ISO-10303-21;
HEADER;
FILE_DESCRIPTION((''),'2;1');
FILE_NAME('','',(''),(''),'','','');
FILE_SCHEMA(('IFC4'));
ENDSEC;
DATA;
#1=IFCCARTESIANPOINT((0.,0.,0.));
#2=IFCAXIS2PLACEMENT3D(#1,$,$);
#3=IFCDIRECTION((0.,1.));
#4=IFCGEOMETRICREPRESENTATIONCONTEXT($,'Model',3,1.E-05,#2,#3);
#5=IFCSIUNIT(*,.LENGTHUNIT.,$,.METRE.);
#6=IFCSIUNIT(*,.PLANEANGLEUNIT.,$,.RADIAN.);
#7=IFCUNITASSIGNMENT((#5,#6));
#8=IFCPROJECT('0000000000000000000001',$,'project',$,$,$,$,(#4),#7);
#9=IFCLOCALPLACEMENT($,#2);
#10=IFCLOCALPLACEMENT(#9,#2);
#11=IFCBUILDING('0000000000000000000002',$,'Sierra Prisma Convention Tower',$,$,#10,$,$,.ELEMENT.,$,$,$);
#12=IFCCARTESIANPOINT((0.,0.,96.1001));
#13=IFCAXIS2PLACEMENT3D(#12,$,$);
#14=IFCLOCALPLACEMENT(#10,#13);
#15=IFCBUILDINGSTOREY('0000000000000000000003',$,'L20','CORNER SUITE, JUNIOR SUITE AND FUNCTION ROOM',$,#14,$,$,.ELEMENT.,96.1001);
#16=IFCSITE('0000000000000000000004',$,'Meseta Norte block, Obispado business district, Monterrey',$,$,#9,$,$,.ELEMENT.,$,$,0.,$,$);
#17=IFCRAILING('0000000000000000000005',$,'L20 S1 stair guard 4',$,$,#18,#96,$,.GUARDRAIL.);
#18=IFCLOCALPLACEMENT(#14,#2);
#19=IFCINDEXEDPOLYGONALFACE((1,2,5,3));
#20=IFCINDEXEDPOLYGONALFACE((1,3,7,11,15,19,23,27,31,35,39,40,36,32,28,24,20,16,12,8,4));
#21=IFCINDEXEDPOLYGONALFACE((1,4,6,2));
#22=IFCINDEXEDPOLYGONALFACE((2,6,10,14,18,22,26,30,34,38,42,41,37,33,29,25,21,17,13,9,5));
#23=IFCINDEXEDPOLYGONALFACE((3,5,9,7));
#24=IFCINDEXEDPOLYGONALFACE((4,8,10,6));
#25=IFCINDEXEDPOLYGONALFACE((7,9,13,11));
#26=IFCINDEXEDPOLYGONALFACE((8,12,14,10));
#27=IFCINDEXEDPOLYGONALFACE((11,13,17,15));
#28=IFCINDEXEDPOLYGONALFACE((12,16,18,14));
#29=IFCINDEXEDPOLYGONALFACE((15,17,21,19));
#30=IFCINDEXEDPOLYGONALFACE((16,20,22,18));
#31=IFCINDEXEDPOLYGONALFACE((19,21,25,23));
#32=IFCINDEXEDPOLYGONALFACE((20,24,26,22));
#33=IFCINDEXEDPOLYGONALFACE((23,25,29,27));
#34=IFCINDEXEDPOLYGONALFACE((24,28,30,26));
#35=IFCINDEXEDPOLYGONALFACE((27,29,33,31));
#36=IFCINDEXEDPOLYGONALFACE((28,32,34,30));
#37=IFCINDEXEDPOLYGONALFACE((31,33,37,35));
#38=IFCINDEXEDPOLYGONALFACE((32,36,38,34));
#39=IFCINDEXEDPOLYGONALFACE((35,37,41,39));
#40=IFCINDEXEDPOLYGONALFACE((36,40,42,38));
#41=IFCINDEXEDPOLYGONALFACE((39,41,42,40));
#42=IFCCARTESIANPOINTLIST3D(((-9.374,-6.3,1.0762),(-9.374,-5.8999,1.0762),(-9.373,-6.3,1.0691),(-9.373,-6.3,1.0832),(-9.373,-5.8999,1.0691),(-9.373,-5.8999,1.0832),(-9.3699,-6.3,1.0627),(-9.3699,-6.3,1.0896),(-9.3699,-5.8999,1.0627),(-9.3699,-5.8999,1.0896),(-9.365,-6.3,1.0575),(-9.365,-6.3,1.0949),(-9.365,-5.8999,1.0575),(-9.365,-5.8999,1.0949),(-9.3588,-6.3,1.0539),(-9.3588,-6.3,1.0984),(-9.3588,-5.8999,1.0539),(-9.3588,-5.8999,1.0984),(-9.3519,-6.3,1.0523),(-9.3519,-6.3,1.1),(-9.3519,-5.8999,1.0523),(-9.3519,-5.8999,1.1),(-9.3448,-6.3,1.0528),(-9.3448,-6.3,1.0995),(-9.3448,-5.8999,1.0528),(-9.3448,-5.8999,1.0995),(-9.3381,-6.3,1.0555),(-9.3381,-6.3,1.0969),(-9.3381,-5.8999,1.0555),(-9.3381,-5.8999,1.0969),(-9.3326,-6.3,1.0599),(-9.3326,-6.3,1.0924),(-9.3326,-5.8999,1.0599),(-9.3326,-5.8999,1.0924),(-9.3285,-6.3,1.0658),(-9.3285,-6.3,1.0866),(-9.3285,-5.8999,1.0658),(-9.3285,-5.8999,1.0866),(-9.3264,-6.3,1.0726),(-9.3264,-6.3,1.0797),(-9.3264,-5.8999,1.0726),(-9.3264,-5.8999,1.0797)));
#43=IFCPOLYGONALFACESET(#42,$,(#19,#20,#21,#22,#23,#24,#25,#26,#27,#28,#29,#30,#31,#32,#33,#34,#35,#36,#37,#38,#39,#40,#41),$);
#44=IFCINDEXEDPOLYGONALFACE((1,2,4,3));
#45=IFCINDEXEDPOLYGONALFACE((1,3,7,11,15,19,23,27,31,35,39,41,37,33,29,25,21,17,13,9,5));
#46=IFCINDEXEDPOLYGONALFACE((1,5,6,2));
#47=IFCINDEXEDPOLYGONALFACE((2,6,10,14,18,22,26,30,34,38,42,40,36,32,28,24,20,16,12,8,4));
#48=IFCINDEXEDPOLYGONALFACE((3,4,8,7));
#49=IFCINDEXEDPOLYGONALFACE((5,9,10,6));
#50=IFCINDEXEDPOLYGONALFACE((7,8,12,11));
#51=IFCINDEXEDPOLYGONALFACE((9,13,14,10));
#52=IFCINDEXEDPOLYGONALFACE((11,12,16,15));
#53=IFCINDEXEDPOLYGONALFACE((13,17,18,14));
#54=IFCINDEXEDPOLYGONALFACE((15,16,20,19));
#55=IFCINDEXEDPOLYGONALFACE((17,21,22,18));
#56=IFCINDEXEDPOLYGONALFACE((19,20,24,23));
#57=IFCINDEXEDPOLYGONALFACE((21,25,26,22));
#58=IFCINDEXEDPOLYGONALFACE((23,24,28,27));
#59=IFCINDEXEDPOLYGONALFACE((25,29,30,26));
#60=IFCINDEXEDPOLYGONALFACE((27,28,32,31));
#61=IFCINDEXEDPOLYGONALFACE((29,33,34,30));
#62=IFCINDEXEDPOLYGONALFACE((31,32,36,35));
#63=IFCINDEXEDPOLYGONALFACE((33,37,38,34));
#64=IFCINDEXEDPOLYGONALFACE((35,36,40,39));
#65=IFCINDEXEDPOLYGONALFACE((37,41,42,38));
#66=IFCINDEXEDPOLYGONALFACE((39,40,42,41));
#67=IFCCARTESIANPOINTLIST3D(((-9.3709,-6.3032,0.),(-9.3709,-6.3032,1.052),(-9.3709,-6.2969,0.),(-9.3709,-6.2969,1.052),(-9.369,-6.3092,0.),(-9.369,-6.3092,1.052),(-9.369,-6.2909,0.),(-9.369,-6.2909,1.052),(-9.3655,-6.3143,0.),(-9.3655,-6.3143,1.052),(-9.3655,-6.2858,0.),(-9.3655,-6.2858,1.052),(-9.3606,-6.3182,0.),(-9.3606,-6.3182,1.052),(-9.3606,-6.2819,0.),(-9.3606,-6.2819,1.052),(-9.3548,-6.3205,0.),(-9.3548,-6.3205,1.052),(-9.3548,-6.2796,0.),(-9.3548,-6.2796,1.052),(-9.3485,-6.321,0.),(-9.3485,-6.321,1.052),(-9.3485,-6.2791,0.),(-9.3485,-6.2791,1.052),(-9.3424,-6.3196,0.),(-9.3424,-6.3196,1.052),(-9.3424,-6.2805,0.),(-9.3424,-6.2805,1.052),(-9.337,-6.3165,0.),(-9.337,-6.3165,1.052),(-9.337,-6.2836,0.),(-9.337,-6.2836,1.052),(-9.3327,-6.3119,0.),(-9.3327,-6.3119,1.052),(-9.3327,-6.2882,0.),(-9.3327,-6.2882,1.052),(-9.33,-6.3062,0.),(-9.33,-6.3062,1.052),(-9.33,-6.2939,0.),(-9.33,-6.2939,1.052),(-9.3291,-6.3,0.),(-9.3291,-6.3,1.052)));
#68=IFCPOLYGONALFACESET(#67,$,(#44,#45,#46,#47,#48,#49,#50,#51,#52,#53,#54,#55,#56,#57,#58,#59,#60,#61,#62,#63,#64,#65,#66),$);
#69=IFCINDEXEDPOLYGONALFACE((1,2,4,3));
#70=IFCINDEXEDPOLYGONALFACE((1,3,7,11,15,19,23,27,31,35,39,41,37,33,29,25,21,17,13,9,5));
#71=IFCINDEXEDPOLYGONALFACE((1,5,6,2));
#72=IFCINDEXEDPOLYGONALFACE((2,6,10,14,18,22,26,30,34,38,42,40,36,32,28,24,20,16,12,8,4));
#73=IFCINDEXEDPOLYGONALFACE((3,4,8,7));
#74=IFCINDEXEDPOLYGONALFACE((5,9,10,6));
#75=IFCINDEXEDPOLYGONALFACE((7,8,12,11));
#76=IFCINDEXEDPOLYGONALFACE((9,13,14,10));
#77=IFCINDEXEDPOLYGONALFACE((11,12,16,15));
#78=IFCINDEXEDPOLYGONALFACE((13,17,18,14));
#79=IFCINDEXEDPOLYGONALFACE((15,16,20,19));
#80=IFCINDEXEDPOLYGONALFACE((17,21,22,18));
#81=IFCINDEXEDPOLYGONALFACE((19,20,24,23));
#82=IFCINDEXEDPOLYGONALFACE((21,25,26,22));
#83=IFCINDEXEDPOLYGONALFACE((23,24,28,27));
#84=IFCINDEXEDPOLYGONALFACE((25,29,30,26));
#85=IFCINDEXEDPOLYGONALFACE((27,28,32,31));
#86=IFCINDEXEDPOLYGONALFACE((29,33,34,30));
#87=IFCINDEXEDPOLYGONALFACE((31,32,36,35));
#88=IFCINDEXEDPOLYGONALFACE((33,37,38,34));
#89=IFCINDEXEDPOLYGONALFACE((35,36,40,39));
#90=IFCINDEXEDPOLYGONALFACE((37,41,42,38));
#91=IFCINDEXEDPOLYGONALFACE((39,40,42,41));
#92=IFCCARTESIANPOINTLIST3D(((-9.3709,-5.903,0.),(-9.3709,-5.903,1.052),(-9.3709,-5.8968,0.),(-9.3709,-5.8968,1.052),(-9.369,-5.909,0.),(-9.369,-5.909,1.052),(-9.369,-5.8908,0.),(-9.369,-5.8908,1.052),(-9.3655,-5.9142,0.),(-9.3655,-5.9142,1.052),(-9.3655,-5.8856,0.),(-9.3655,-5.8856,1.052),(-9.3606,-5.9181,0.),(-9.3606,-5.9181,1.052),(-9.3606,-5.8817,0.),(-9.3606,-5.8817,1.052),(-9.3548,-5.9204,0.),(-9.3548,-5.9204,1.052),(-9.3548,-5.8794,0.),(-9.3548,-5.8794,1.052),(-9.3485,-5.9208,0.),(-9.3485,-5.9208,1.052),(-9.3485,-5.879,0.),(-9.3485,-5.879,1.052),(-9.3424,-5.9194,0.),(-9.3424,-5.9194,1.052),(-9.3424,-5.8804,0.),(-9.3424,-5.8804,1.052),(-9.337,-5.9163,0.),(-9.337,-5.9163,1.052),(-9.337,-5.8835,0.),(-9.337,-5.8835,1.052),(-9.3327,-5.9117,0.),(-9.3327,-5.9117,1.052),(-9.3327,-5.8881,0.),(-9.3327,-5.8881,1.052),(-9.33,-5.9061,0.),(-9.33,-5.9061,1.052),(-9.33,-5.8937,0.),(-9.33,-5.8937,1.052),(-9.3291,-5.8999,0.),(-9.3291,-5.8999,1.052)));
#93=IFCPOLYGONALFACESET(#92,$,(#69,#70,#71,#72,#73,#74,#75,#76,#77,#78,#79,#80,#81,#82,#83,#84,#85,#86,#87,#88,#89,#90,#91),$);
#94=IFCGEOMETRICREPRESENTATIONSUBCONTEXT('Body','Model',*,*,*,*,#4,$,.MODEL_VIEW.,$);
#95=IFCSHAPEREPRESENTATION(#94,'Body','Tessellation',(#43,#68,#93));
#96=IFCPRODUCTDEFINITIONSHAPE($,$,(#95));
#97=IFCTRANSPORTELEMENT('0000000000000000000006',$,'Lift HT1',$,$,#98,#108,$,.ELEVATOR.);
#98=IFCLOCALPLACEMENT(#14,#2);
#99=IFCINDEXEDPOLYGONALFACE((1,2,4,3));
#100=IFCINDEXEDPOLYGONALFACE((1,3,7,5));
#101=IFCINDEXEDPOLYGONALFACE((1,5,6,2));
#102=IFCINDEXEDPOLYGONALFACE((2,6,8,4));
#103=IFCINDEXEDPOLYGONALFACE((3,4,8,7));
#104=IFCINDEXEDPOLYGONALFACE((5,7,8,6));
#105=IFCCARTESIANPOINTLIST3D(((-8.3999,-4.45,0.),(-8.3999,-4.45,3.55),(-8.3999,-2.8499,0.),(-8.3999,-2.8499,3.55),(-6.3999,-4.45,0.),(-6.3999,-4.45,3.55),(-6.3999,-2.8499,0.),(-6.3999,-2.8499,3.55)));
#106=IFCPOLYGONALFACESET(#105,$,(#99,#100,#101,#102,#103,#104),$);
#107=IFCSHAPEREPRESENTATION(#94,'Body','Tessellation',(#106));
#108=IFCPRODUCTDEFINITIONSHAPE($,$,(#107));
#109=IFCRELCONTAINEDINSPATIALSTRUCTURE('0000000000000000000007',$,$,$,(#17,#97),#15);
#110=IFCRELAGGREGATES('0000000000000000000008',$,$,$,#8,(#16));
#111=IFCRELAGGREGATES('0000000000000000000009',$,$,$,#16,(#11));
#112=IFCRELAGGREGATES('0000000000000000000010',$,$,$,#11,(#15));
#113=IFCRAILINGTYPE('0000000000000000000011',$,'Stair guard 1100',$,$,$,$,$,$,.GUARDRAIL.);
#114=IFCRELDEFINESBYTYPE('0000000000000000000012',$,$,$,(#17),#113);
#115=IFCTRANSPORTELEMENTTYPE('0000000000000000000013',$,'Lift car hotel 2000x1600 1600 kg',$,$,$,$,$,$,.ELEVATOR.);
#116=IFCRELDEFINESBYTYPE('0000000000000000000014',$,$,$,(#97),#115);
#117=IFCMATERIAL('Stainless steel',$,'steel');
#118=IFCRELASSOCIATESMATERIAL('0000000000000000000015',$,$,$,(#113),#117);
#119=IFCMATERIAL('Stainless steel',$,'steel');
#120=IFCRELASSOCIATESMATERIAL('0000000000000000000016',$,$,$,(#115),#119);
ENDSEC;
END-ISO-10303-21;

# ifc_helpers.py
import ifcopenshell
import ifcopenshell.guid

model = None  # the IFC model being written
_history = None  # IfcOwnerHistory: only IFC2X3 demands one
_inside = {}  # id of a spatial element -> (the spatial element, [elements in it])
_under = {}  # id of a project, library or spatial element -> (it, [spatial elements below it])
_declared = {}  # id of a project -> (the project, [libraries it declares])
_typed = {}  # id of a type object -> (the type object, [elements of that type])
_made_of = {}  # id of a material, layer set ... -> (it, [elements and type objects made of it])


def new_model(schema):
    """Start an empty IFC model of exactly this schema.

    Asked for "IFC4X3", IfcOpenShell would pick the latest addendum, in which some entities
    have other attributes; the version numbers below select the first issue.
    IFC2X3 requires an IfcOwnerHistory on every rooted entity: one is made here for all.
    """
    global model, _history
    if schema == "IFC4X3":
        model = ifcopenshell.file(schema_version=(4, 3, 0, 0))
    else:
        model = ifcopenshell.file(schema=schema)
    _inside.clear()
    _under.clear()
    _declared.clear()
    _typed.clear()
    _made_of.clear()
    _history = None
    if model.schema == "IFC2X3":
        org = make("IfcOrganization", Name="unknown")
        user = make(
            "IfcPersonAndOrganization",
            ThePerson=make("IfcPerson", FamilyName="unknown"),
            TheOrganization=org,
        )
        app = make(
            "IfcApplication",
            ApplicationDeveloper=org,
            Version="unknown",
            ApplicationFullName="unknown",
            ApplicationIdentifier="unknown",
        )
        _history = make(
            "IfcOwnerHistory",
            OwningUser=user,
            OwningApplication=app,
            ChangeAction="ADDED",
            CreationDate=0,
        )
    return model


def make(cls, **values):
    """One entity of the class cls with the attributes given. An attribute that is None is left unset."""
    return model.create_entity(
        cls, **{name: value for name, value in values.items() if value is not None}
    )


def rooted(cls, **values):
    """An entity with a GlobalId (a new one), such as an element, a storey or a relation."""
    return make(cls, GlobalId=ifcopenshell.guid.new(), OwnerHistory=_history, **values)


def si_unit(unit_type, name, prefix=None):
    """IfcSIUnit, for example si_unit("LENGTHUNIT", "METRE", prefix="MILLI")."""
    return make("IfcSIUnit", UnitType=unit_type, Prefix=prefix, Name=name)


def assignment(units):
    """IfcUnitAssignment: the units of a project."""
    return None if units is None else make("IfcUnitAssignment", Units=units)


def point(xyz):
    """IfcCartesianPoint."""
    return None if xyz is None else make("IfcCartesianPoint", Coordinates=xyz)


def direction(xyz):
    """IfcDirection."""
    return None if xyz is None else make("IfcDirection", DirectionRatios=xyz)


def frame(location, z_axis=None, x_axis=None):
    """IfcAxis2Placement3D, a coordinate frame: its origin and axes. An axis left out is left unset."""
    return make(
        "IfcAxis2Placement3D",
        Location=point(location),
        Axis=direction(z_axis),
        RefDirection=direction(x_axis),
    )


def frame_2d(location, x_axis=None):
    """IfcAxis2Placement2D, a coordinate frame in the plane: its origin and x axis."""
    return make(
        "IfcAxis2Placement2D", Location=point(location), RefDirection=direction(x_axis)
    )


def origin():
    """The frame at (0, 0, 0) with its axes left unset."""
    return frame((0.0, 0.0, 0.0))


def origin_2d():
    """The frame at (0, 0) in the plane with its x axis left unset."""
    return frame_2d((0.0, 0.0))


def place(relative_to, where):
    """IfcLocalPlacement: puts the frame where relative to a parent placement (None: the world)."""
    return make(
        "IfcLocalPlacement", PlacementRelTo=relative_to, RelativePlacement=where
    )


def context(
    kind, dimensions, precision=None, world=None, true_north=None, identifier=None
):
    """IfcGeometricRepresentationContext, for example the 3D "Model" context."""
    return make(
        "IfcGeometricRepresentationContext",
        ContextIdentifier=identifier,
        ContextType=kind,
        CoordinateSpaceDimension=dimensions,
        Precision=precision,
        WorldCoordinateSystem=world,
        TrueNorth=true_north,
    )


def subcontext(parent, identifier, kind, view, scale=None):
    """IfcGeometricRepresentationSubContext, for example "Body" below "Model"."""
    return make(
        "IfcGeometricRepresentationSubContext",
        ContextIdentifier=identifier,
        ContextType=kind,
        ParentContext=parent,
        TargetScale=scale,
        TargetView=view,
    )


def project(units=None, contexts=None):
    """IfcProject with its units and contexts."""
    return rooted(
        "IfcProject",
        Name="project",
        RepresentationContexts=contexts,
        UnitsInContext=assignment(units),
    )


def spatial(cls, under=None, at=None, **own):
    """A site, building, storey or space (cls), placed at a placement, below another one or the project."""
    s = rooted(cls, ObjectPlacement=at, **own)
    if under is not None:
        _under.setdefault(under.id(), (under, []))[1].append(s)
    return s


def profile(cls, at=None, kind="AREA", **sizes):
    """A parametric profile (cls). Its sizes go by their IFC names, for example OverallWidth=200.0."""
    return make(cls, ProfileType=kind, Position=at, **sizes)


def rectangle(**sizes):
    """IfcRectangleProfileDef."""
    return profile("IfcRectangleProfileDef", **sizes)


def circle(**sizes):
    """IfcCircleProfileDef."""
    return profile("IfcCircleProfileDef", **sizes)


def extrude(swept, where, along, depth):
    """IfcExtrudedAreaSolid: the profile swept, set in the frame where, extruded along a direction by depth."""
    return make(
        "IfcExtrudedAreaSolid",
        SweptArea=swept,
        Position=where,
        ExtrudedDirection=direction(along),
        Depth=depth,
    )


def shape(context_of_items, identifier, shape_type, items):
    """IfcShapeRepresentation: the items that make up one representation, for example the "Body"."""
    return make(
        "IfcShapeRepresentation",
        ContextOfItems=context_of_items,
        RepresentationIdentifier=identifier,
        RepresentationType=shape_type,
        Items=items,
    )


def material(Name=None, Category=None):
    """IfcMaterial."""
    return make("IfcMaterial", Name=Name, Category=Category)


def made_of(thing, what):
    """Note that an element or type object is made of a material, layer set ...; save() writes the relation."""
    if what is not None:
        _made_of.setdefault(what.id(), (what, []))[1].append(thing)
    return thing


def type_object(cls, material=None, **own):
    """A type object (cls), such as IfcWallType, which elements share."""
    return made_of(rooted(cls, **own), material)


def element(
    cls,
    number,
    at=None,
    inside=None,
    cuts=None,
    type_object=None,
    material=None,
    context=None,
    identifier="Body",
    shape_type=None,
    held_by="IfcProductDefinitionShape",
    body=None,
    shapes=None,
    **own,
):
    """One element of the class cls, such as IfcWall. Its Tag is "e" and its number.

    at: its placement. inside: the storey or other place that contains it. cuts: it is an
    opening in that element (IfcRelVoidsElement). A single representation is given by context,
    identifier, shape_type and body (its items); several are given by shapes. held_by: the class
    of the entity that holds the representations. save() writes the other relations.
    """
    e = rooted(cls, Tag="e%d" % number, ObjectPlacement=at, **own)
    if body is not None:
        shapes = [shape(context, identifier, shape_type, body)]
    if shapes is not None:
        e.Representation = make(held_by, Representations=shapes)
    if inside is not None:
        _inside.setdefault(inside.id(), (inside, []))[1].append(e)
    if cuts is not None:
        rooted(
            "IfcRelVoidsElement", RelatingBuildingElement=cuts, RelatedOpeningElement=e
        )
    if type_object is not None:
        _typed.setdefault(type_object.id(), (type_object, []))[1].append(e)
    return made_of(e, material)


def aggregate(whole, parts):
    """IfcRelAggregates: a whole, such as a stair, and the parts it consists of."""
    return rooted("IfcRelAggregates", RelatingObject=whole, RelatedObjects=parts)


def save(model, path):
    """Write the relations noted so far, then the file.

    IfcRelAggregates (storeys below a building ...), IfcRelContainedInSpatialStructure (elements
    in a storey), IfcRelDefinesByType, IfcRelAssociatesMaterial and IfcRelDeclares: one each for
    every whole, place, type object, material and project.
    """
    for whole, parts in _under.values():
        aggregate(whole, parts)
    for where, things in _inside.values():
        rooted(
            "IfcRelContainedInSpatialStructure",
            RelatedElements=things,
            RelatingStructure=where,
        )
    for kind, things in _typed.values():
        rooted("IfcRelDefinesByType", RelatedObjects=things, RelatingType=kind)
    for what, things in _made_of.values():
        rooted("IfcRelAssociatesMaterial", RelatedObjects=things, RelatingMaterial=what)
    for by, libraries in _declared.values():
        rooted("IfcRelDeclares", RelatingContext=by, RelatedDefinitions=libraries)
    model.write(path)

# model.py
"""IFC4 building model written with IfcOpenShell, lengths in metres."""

from ifc_helpers import new_model, si_unit, direction, frame, origin, origin_2d, place, context, subcontext, project, spatial, rectangle, circle, extrude, material, type_object, element, save


model = new_model("IFC4")

# Units and contexts
model_context = context("Model", 3, precision=1e-05, world=origin(), true_north=direction((0.0, 1.0)))
body_context = subcontext(model_context, "Body", "Model", "MODEL_VIEW")
ifc_project = project(units=[si_unit("LENGTHUNIT", "METRE"), si_unit("PLANEANGLEUNIT", "RADIAN")], contexts=[model_context])

# Site, building, storey
site_placement = place(None, origin())
site = spatial("IfcSite", under=ifc_project, at=site_placement, Name="Meseta Norte block, Obispado business district, Monterrey", CompositionType="ELEMENT", RefElevation=0.0)
building_placement = place(site_placement, origin())
building = spatial("IfcBuilding", under=site, at=building_placement, Name="Sierra Prisma Convention Tower", CompositionType="ELEMENT")
storey_placement = place(building_placement, frame((0.0, 0.0, 96.1001)))
storey = spatial("IfcBuildingStorey", under=building, at=storey_placement, Name="L20", Description="CORNER SUITE, JUNIOR SUITE AND FUNCTION ROOM", CompositionType="ELEMENT", Elevation=96.1001)

# Railing
ifc_material_1 = material(Name="Stainless steel", Category="steel")
railing_type_1 = type_object("IfcRailingType", Name="Stair guard 1100", PredefinedType="GUARDRAIL", material=ifc_material_1)
railing_1_placement = place(storey_placement, frame((-9.3501, -6.3, 0.0)))
element("IfcRailing", 1, at=railing_1_placement, inside=storey, type_object=railing_type_1, Name="L20 S1 stair guard 4", PredefinedType="GUARDRAIL", context=body_context, shape_type="SweptSolid", body=[
    extrude(circle(Radius=0.0239, at=origin_2d()), frame((0.0, 0.0, 1.0762), z_axis=(0.0, 1.0, 0.0), x_axis=(-1.0, 0.0, 0.0)), (0.0, 0.0, 1.0), 0.4001),
    extrude(circle(Radius=0.021, at=origin_2d()), origin(), (0.0, 0.0, 1.0), 1.052),
    extrude(circle(Radius=0.021, at=origin_2d()), frame((0.0, 0.4001, 0.0)), (0.0, 0.0, 1.0), 1.052),
])

# Transport element
ifc_material_2 = material(Name="Stainless steel", Category="steel")
transport_element_type = type_object("IfcTransportElementType", Name="Lift car hotel 2000x1600 1600 kg", PredefinedType="ELEVATOR", material=ifc_material_2)
transport_element_placement = place(storey_placement, frame((-7.3999, -3.6499, 0.0), z_axis=(0.0, 0.0, 1.0), x_axis=(1.0, 0.0, 0.0)))
element("IfcTransportElement", 2, at=transport_element_placement, inside=storey, type_object=transport_element_type, Name="Lift HT1", PredefinedType="ELEVATOR", context=body_context, shape_type="SweptSolid", body=[
    extrude(rectangle(XDim=2.0, YDim=1.6001, at=origin_2d()), origin(), (0.0, 0.0, 1.0), 3.55),
])

save(model, "model.ifc")
